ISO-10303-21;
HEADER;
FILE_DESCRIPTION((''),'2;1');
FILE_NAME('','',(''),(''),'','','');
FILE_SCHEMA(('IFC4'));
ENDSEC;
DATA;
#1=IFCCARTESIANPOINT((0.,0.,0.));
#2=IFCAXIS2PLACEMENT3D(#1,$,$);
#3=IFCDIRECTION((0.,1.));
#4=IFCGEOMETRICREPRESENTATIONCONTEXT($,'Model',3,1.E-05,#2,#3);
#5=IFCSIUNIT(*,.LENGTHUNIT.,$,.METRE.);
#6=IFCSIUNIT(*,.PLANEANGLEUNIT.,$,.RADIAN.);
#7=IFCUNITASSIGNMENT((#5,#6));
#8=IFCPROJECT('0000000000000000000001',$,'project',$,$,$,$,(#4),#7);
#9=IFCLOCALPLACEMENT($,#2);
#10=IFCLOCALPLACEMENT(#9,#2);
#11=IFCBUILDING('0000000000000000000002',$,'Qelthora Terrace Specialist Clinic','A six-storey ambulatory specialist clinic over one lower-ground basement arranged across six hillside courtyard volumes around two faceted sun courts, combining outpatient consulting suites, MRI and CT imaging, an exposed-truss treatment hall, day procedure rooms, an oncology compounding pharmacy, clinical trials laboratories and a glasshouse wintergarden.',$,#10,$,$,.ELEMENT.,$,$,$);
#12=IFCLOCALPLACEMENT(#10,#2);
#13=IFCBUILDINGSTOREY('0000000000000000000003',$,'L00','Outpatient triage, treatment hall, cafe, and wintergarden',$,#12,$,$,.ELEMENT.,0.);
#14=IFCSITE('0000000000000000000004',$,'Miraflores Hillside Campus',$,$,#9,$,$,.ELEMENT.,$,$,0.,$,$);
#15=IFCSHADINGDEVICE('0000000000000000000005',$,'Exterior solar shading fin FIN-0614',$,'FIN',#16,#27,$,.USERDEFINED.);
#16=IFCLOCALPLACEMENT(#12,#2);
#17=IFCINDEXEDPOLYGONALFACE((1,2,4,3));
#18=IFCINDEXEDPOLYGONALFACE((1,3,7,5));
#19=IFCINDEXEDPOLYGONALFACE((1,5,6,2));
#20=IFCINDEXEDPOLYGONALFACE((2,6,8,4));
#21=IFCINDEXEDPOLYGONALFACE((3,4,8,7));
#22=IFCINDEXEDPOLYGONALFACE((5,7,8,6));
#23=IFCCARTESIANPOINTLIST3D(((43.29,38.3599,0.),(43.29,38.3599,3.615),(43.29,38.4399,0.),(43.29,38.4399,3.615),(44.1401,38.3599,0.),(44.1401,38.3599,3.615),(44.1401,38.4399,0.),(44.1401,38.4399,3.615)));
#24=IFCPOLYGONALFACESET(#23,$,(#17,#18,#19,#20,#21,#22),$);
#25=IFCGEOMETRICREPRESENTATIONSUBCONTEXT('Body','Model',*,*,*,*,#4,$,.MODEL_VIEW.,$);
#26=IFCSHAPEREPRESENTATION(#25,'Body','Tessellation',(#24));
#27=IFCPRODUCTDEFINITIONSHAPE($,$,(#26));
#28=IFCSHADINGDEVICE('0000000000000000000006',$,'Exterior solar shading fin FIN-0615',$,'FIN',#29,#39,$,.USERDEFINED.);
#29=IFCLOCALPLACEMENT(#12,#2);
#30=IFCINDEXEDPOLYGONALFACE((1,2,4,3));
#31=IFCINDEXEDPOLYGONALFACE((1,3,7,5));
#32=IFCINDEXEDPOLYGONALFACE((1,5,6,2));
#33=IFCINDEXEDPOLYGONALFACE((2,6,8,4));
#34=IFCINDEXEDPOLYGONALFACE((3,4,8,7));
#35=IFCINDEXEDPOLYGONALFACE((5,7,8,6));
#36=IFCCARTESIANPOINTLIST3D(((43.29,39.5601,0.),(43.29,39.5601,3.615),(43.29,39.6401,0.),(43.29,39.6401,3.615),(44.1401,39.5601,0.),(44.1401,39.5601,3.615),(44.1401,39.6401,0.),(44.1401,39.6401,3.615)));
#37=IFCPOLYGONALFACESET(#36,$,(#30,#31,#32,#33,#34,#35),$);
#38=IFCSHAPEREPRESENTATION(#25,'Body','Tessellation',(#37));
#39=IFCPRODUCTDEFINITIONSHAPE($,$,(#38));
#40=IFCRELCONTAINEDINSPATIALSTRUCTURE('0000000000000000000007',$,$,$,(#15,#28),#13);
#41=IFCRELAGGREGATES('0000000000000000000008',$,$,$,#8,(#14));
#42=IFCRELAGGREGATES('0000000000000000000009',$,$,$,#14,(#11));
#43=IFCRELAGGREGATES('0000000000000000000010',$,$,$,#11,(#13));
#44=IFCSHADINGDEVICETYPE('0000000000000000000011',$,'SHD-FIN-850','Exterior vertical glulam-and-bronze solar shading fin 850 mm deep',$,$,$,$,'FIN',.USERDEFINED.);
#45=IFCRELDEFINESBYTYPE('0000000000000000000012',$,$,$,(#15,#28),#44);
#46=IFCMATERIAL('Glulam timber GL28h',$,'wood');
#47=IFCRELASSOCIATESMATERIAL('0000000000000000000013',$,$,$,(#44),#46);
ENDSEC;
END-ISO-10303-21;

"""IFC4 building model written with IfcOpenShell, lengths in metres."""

from ifc_helpers import new_model, si_unit, direction, frame, origin, origin_2d, place, context, subcontext, project, spatial, rectangle, extrude, material, type_object, element, save


model = new_model("IFC4")

# Units and contexts
model_context = context("Model", 3, precision=1e-05, world=origin(), true_north=direction((0.0, 1.0)))
body_context = subcontext(model_context, "Body", "Model", "MODEL_VIEW")
ifc_project = project(units=[si_unit("LENGTHUNIT", "METRE"), si_unit("PLANEANGLEUNIT", "RADIAN")], contexts=[model_context])

# Site, building, storey
site_placement = place(None, origin())
site = spatial("IfcSite", under=ifc_project, at=site_placement, Name="Miraflores Hillside Campus", CompositionType="ELEMENT", RefElevation=0.0)
building_placement = place(site_placement, origin())
building = spatial("IfcBuilding", under=site, at=building_placement, Name="Qelthora Terrace Specialist Clinic", Description="A six-storey ambulatory specialist clinic over one lower-ground basement arranged across six hillside courtyard volumes around two faceted sun courts, combining outpatient consulting suites, MRI and CT imaging, an exposed-truss treatment hall, day procedure rooms, an oncology compounding pharmacy, clinical trials laboratories and a glasshouse wintergarden.", CompositionType="ELEMENT")
storey_placement = place(building_placement, origin())
storey = spatial("IfcBuildingStorey", under=building, at=storey_placement, Name="L00", Description="Outpatient triage, treatment hall, cafe, and wintergarden", CompositionType="ELEMENT", Elevation=0.0)

# Shading devices
ifc_material_1 = material(Name="Glulam timber GL28h", Category="wood")
shading_device_type = type_object("IfcShadingDeviceType", Name="SHD-FIN-850", Description="Exterior vertical glulam-and-bronze solar shading fin 850 mm deep", ElementType="FIN", PredefinedType="USERDEFINED", material=ifc_material_1)
for number, where, z_axis, x_axis, name in (
    (1, (43.7151, 38.3999, 0.0), (0.0, 0.0, 1.0), (1.0, 0.0, 0.0), "Exterior solar shading fin FIN-0614"),
    (2, (43.7151, 39.6001, 0.0), (0.0, 0.0, 1.0), (1.0, 0.0, 0.0), "Exterior solar shading fin FIN-0615"),
):
    element("IfcShadingDevice", number, at=place(storey_placement, frame(where, z_axis=z_axis, x_axis=x_axis)), inside=storey, type_object=shading_device_type, Name=name, ObjectType="FIN", PredefinedType="USERDEFINED", context=body_context, shape_type="SweptSolid", body=[
        extrude(rectangle(XDim=0.8501, YDim=0.0801, at=origin_2d()), origin(), (0.0, 0.0, 1.0), 3.615),
    ])

save(model, "model.ifc")
